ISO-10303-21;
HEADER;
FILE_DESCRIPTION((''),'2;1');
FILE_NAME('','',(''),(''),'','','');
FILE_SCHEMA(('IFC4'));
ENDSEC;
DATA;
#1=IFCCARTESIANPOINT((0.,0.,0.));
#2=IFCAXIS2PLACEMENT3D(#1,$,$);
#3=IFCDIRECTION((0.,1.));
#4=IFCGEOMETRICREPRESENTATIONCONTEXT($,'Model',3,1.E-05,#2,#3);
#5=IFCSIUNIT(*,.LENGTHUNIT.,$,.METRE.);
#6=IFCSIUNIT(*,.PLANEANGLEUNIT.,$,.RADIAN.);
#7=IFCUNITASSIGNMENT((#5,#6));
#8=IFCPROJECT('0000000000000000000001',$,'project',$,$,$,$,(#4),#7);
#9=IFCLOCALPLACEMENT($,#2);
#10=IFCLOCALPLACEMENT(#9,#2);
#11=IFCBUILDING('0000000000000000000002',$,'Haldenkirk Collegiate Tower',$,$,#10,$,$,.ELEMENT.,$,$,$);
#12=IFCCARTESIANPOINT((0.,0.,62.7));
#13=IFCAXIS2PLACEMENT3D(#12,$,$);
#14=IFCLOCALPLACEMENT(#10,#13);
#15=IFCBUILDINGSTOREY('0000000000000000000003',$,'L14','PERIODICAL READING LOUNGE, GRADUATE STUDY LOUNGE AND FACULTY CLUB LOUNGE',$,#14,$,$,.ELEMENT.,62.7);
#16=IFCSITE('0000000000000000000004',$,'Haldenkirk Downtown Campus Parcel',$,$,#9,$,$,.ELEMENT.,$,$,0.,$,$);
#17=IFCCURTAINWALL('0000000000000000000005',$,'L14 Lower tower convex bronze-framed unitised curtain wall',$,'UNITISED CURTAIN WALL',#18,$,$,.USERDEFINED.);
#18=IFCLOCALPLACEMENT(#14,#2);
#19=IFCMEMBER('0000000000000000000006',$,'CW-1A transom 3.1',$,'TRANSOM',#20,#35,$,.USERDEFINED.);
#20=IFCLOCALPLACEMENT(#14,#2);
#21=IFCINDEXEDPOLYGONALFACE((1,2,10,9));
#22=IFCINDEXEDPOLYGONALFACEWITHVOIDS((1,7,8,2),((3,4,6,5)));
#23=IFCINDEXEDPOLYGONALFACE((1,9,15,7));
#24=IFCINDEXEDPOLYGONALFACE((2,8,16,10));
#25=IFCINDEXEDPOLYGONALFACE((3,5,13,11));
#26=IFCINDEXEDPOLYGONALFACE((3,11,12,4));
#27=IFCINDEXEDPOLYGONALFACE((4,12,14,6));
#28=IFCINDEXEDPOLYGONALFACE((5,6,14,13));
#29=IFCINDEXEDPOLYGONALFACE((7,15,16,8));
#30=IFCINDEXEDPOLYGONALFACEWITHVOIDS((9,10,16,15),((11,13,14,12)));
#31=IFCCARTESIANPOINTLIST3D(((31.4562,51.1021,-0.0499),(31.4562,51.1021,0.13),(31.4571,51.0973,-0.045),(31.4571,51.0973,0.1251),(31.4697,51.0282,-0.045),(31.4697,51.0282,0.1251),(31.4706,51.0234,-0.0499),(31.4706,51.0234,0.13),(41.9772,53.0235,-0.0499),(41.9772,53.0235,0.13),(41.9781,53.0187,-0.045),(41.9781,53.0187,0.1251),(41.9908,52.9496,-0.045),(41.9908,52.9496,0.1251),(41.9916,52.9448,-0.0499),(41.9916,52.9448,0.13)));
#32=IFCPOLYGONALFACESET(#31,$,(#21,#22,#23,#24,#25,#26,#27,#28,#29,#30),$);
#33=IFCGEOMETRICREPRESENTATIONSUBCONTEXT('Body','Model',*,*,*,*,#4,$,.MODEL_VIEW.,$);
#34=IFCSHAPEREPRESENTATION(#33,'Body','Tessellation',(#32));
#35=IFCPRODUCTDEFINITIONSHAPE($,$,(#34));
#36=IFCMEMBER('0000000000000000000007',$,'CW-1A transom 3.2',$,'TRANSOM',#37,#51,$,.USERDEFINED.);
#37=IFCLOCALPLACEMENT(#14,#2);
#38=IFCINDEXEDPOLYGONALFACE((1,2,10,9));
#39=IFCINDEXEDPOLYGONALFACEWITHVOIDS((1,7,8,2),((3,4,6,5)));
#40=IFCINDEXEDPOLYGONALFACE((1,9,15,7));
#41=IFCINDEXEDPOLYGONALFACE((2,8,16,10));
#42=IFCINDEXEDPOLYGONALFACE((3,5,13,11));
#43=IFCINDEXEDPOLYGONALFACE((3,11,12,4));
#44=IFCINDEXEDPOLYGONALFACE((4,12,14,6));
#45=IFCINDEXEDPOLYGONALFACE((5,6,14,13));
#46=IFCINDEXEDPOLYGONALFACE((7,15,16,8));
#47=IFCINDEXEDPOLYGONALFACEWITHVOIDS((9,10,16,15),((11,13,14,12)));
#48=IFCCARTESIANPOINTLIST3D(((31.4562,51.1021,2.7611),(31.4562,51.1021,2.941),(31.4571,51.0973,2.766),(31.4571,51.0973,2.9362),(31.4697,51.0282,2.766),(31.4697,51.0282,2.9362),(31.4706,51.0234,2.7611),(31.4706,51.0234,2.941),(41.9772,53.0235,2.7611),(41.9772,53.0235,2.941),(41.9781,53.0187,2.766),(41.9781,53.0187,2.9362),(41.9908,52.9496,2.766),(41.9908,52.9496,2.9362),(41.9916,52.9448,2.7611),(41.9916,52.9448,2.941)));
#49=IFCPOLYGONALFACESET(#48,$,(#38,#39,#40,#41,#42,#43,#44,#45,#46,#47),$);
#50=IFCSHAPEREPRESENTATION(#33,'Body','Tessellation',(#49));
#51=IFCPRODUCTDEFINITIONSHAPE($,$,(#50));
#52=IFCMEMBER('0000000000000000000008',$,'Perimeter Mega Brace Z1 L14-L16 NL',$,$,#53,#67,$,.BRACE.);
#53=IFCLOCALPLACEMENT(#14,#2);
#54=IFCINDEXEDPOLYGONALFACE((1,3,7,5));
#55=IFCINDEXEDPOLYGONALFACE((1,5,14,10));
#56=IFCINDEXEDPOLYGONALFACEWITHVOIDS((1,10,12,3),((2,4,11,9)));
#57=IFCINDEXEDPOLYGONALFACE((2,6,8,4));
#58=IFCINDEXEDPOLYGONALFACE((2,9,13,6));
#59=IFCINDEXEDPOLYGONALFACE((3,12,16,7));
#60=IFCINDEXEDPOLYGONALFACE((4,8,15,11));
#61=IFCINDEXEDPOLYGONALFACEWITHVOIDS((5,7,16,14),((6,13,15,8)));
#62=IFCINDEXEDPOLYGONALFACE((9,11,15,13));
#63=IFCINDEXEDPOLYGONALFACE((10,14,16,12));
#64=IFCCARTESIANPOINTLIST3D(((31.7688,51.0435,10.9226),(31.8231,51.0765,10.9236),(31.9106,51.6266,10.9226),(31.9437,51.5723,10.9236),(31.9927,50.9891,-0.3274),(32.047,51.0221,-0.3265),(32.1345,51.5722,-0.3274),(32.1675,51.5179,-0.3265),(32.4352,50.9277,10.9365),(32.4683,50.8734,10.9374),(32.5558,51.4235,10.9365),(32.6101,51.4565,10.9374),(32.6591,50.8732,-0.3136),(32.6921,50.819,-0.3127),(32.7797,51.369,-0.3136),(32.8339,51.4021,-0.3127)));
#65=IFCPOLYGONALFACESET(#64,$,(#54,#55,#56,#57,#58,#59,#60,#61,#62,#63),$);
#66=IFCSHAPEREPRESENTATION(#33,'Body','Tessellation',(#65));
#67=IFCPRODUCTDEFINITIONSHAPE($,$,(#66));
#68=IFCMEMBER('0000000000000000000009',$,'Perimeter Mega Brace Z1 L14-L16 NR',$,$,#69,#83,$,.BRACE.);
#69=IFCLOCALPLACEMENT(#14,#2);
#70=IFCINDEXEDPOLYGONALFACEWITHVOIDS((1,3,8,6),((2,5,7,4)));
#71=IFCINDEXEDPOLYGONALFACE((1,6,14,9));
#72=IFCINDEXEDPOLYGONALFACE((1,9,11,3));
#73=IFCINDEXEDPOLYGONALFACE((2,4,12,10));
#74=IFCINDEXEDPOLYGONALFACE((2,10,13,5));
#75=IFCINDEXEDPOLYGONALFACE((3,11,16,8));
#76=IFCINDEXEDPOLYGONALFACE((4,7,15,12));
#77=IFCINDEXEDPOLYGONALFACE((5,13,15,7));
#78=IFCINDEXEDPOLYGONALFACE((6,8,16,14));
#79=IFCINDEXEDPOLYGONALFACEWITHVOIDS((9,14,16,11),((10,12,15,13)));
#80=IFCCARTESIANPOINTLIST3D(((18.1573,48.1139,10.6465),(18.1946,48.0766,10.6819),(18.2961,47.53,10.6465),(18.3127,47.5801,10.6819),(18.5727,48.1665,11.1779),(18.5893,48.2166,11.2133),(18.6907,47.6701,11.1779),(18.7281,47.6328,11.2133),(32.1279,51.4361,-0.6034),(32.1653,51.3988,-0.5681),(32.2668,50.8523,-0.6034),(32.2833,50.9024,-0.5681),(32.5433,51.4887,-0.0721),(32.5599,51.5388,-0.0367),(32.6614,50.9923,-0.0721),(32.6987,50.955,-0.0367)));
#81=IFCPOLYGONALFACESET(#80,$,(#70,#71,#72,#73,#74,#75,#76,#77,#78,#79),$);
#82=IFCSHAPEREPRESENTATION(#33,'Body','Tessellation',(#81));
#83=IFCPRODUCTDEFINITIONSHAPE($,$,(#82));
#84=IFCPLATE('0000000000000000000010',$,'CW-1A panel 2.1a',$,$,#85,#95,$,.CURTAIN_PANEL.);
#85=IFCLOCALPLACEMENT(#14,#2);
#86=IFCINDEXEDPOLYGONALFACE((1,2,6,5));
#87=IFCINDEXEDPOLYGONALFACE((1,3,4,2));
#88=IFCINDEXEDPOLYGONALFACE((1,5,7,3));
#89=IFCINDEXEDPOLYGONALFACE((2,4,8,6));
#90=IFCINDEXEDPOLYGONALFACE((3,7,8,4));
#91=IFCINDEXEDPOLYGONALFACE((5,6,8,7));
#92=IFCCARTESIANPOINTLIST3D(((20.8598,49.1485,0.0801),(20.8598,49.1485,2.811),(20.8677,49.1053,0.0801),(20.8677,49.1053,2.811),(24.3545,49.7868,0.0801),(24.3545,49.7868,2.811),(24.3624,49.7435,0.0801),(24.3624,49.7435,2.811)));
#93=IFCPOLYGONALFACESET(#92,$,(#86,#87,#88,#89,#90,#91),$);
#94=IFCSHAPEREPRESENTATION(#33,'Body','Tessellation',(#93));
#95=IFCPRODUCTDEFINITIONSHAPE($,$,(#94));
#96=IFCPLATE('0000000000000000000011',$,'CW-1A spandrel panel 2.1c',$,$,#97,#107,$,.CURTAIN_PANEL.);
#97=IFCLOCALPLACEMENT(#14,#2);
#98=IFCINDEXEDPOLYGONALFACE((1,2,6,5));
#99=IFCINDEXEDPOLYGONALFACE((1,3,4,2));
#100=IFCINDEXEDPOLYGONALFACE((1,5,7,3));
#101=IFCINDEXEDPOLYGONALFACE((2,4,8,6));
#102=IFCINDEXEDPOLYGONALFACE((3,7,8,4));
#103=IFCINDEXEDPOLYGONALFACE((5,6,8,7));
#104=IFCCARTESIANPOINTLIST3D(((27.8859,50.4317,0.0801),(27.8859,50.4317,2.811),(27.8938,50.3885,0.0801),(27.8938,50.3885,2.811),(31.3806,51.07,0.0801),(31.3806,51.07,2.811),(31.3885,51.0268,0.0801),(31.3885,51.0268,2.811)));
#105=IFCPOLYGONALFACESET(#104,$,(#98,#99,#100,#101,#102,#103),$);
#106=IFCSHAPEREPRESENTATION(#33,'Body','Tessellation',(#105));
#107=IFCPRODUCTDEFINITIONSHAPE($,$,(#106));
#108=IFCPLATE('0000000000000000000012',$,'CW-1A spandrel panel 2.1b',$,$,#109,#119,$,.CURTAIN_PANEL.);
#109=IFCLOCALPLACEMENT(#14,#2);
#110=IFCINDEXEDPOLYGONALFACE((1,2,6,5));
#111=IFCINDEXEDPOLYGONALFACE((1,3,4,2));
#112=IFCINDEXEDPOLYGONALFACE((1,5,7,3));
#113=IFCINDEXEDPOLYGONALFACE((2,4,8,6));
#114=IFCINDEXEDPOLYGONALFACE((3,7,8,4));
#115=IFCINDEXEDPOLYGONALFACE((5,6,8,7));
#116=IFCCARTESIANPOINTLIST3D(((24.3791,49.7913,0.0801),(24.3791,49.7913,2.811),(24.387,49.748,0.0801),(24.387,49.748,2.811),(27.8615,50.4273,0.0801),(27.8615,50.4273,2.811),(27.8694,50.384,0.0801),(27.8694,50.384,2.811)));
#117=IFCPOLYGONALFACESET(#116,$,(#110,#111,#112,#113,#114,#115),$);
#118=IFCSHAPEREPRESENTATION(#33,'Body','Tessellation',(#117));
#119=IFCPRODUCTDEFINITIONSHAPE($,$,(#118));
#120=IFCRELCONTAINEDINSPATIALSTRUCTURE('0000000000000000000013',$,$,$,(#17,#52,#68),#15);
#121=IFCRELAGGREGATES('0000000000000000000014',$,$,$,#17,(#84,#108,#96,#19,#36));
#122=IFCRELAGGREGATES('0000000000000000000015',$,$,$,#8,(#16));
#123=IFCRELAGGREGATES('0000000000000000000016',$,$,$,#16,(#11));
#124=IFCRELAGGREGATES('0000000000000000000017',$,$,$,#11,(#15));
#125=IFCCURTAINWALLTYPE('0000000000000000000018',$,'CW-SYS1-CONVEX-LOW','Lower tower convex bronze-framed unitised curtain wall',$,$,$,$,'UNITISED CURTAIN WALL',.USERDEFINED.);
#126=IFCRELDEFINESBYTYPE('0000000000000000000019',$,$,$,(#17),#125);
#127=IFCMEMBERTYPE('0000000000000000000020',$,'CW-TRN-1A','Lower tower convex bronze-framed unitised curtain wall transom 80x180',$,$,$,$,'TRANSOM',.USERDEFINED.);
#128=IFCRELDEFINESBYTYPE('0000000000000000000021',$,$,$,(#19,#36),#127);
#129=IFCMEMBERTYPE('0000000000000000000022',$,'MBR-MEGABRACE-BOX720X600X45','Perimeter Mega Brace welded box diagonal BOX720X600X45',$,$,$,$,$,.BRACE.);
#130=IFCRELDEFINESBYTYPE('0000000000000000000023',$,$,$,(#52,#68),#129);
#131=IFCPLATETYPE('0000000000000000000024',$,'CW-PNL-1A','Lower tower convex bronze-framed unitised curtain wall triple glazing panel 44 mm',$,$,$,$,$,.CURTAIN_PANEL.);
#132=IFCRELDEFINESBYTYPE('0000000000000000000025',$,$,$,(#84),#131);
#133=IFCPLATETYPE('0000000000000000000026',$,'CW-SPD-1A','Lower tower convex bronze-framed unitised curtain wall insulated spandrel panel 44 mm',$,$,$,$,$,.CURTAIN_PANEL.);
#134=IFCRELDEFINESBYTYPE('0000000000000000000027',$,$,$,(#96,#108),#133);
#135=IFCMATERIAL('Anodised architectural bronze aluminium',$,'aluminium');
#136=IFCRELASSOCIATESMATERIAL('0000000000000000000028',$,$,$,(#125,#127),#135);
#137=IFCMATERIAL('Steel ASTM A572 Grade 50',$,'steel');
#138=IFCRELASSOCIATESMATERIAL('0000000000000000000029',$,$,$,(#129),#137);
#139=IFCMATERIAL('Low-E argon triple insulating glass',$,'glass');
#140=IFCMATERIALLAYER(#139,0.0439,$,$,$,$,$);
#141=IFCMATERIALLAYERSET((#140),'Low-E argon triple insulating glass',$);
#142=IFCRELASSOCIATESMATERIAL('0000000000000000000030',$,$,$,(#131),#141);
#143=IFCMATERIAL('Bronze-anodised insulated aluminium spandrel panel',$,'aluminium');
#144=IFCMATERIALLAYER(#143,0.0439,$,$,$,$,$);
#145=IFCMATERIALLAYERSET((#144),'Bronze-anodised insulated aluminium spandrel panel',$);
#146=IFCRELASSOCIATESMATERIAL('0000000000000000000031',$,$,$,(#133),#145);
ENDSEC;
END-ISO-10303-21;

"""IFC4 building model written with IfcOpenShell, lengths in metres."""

from ifc_helpers import new_model, si_unit, direction, frame, origin, origin_2d, place, context, subcontext, project, spatial, rectangle, hollow_rectangle, extrude, source, transform, mapped, material, layer, layer_set, material_profile, profile_set, type_object, element, aggregate, save


model = new_model("IFC4")

# Units and contexts
model_context = context("Model", 3, precision=1e-05, world=origin(), true_north=direction((0.0, 1.0)))
body_context = subcontext(model_context, "Body", "Model", "MODEL_VIEW")
ifc_project = project(units=[si_unit("LENGTHUNIT", "METRE"), si_unit("PLANEANGLEUNIT", "RADIAN")], contexts=[model_context])

# Site, building, storey
site_placement = place(None, origin())
site = spatial("IfcSite", under=ifc_project, at=site_placement, Name="Haldenkirk Downtown Campus Parcel", CompositionType="ELEMENT", RefElevation=0.0)
building_placement = place(site_placement, origin())
building = spatial("IfcBuilding", under=site, at=building_placement, Name="Haldenkirk Collegiate Tower", CompositionType="ELEMENT")
storey_placement = place(building_placement, frame((0.0, 0.0, 62.7)))
storey = spatial("IfcBuildingStorey", under=building, at=storey_placement, Name="L14", Description="PERIODICAL READING LOUNGE, GRADUATE STUDY LOUNGE AND FACULTY CLUB LOUNGE", CompositionType="ELEMENT", Elevation=62.7)

# Curtain wall, members
ifc_material_1 = material(Name="Anodised architectural bronze aluminium", Category="aluminium")
curtain_wall_type = type_object("IfcCurtainWallType", Name="CW-SYS1-CONVEX-LOW", Description="Lower tower convex bronze-framed unitised curtain wall", ElementType="UNITISED CURTAIN WALL", PredefinedType="USERDEFINED", material=ifc_material_1)
curtain_wall_placement = place(storey_placement, origin())
curtain_wall = element("IfcCurtainWall", 1, at=curtain_wall_placement, inside=storey, type_object=curtain_wall_type, Name="L14 Lower tower convex bronze-framed unitised curtain wall", ObjectType="UNITISED CURTAIN WALL", PredefinedType="USERDEFINED")
ifc_material_profile_1 = material_profile(ifc_material_1, hollow_rectangle(XDim=0.0801, YDim=0.1799, WallThickness=0.0049, at=origin_2d()), Name="CW-TRN-1A")
ifc_profile_set_1 = profile_set([ifc_material_profile_1], Name="Anodised architectural bronze aluminium")
member_type_1 = type_object("IfcMemberType", Name="CW-TRN-1A", Description="Lower tower convex bronze-framed unitised curtain wall transom 80x180", ElementType="TRANSOM", PredefinedType="USERDEFINED", material=ifc_profile_set_1)
member_1_placement = place(storey_placement, frame((31.4634, 51.0627, 0.04), z_axis=(0.98373, 0.179653, 0.0), x_axis=(-0.179653, 0.98373, 0.0)))
member_1 = element("IfcMember", 2, at=member_1_placement, type_object=member_type_1, Name="CW-1A transom 3.1", ObjectType="TRANSOM", PredefinedType="USERDEFINED", context=body_context, shape_type="SweptSolid", body=[
    extrude(hollow_rectangle(XDim=0.0801, YDim=0.1799, WallThickness=0.0049, at=origin_2d()), origin(), (0.0, 0.0, 1.0), 10.6951),
])
member_2_placement = place(storey_placement, frame((31.4634, 51.0627, 2.8511), z_axis=(0.98373, 0.179653, 0.0), x_axis=(-0.179653, 0.98373, 0.0)))
member_2 = element("IfcMember", 3, at=member_2_placement, type_object=member_type_1, Name="CW-1A transom 3.2", ObjectType="TRANSOM", PredefinedType="USERDEFINED", context=body_context, shape_type="SweptSolid", body=[
    extrude(hollow_rectangle(XDim=0.0801, YDim=0.1799, WallThickness=0.0049, at=origin_2d()), origin(), (0.0, 0.0, 1.0), 10.6951),
])

# Members
ifc_material_2 = material(Name="Steel ASTM A572 Grade 50", Category="steel")
ifc_material_profile_2 = material_profile(ifc_material_2, hollow_rectangle(XDim=0.6001, YDim=0.72, WallThickness=0.0449, at=origin_2d()), Name="BOX720X600X45")
ifc_profile_set_2 = profile_set([ifc_material_profile_2], Name="Steel ASTM A572 Grade 50")
member_type_2 = type_object("IfcMemberType", Name="MBR-MEGABRACE-BOX720X600X45", Description="Perimeter Mega Brace welded box diagonal BOX720X600X45", PredefinedType="BRACE", material=ifc_profile_set_2)
member_3_placement = place(storey_placement, frame((32.4133, 51.1956, -0.3201), z_axis=(-0.019896, 0.004838, 0.99979), x_axis=(-0.236298, -0.971681, 0.0)))
element("IfcMember", 4, at=member_3_placement, inside=storey, type_object=member_type_2, Name="Perimeter Mega Brace Z1 L14-L16 NL", PredefinedType="BRACE", context=body_context, shape_type="SweptSolid", body=[
    extrude(hollow_rectangle(XDim=0.6001, YDim=0.72, WallThickness=0.0449, at=origin_2d()), origin(), (0.0, 0.0, 1.0), 11.2524),
])
member_4_placement = place(storey_placement, frame((32.4133, 51.1956, -0.3201), z_axis=(-0.765842, -0.182119, 0.616699), x_axis=(0.231351, -0.97287, 0.0)))
element("IfcMember", 5, at=member_4_placement, inside=storey, type_object=member_type_2, Name="Perimeter Mega Brace Z1 L14-L16 NR", PredefinedType="BRACE", context=body_context, shape_type="SweptSolid", body=[
    extrude(hollow_rectangle(XDim=0.6001, YDim=0.72, WallThickness=0.0449, at=origin_2d()), origin(), (0.0, 0.0, 1.0), 18.2422),
])

# Plates
ifc_material_3 = material(Name="Low-E argon triple insulating glass", Category="glass")
ifc_layer_1 = layer(ifc_material_3, 0.0439)
ifc_layer_set_1 = layer_set([ifc_layer_1], Name="Low-E argon triple insulating glass")
plate_type_1 = type_object("IfcPlateType", Name="CW-PNL-1A", Description="Lower tower convex bronze-framed unitised curtain wall triple glazing panel 44 mm", PredefinedType="CURTAIN_PANEL", material=ifc_layer_set_1)
shared_shape_1 = source(origin(), body_context, "Body", "SweptSolid", [
    extrude(rectangle(XDim=3.5525, YDim=0.0439, at=origin_2d()), origin(), (0.0, 0.0, 1.0), 2.731),
])
plate_1_placement = place(storey_placement, frame((22.6111, 49.446, 0.0801), z_axis=(0.0, 0.0, 1.0), x_axis=(0.983729, 0.179659, 0.0)))
plate_1 = element("IfcPlate", 6, at=plate_1_placement, type_object=plate_type_1, Name="CW-1A panel 2.1a", PredefinedType="CURTAIN_PANEL", context=body_context, shape_type="MappedRepresentation", body=[
    mapped(shared_shape_1, transform((0.0, 0.0, 0.0), x_axis=(1.0, 0.0, 0.0), y_axis=(0.0, 1.0, 0.0), z_axis=(0.0, 0.0, 1.0), scale=1.0)),
])
ifc_material_4 = material(Name="Bronze-anodised insulated aluminium spandrel panel", Category="aluminium")
ifc_layer_2 = layer(ifc_material_4, 0.0439)
ifc_layer_set_2 = layer_set([ifc_layer_2], Name="Bronze-anodised insulated aluminium spandrel panel")
plate_type_2 = type_object("IfcPlateType", Name="CW-SPD-1A", Description="Lower tower convex bronze-framed unitised curtain wall insulated spandrel panel 44 mm", PredefinedType="CURTAIN_PANEL", material=ifc_layer_set_2)
plate_2_placement = place(storey_placement, frame((29.6372, 50.7292, 0.0801), z_axis=(0.0, 0.0, 1.0), x_axis=(0.983729, 0.179659, 0.0)))
plate_2 = element("IfcPlate", 7, at=plate_2_placement, type_object=plate_type_2, Name="CW-1A spandrel panel 2.1c", PredefinedType="CURTAIN_PANEL", context=body_context, shape_type="MappedRepresentation", body=[
    mapped(shared_shape_1, transform((0.0, 0.0, 0.0), x_axis=(1.0, 0.0, 0.0), y_axis=(0.0, 1.0, 0.0), z_axis=(0.0, 0.0, 1.0), scale=1.0)),
])
shared_shape_2 = source(origin(), body_context, "Body", "SweptSolid", [
    extrude(rectangle(XDim=3.54, YDim=0.0439, at=origin_2d()), origin(), (0.0, 0.0, 1.0), 2.731),
])
plate_3_placement = place(storey_placement, frame((26.1243, 50.0876, 0.0801), z_axis=(0.0, 0.0, 1.0), x_axis=(0.983729, 0.179659, 0.0)))
plate_3 = element("IfcPlate", 8, at=plate_3_placement, type_object=plate_type_2, Name="CW-1A spandrel panel 2.1b", PredefinedType="CURTAIN_PANEL", context=body_context, shape_type="MappedRepresentation", body=[
    mapped(shared_shape_2, transform((0.0, 0.0, 0.0), x_axis=(1.0, 0.0, 0.0), y_axis=(0.0, 1.0, 0.0), z_axis=(0.0, 0.0, 1.0), scale=1.0)),
])
aggregate(curtain_wall, [plate_1, plate_3, plate_2, member_1, member_2])

save(model, "model.ifc")
